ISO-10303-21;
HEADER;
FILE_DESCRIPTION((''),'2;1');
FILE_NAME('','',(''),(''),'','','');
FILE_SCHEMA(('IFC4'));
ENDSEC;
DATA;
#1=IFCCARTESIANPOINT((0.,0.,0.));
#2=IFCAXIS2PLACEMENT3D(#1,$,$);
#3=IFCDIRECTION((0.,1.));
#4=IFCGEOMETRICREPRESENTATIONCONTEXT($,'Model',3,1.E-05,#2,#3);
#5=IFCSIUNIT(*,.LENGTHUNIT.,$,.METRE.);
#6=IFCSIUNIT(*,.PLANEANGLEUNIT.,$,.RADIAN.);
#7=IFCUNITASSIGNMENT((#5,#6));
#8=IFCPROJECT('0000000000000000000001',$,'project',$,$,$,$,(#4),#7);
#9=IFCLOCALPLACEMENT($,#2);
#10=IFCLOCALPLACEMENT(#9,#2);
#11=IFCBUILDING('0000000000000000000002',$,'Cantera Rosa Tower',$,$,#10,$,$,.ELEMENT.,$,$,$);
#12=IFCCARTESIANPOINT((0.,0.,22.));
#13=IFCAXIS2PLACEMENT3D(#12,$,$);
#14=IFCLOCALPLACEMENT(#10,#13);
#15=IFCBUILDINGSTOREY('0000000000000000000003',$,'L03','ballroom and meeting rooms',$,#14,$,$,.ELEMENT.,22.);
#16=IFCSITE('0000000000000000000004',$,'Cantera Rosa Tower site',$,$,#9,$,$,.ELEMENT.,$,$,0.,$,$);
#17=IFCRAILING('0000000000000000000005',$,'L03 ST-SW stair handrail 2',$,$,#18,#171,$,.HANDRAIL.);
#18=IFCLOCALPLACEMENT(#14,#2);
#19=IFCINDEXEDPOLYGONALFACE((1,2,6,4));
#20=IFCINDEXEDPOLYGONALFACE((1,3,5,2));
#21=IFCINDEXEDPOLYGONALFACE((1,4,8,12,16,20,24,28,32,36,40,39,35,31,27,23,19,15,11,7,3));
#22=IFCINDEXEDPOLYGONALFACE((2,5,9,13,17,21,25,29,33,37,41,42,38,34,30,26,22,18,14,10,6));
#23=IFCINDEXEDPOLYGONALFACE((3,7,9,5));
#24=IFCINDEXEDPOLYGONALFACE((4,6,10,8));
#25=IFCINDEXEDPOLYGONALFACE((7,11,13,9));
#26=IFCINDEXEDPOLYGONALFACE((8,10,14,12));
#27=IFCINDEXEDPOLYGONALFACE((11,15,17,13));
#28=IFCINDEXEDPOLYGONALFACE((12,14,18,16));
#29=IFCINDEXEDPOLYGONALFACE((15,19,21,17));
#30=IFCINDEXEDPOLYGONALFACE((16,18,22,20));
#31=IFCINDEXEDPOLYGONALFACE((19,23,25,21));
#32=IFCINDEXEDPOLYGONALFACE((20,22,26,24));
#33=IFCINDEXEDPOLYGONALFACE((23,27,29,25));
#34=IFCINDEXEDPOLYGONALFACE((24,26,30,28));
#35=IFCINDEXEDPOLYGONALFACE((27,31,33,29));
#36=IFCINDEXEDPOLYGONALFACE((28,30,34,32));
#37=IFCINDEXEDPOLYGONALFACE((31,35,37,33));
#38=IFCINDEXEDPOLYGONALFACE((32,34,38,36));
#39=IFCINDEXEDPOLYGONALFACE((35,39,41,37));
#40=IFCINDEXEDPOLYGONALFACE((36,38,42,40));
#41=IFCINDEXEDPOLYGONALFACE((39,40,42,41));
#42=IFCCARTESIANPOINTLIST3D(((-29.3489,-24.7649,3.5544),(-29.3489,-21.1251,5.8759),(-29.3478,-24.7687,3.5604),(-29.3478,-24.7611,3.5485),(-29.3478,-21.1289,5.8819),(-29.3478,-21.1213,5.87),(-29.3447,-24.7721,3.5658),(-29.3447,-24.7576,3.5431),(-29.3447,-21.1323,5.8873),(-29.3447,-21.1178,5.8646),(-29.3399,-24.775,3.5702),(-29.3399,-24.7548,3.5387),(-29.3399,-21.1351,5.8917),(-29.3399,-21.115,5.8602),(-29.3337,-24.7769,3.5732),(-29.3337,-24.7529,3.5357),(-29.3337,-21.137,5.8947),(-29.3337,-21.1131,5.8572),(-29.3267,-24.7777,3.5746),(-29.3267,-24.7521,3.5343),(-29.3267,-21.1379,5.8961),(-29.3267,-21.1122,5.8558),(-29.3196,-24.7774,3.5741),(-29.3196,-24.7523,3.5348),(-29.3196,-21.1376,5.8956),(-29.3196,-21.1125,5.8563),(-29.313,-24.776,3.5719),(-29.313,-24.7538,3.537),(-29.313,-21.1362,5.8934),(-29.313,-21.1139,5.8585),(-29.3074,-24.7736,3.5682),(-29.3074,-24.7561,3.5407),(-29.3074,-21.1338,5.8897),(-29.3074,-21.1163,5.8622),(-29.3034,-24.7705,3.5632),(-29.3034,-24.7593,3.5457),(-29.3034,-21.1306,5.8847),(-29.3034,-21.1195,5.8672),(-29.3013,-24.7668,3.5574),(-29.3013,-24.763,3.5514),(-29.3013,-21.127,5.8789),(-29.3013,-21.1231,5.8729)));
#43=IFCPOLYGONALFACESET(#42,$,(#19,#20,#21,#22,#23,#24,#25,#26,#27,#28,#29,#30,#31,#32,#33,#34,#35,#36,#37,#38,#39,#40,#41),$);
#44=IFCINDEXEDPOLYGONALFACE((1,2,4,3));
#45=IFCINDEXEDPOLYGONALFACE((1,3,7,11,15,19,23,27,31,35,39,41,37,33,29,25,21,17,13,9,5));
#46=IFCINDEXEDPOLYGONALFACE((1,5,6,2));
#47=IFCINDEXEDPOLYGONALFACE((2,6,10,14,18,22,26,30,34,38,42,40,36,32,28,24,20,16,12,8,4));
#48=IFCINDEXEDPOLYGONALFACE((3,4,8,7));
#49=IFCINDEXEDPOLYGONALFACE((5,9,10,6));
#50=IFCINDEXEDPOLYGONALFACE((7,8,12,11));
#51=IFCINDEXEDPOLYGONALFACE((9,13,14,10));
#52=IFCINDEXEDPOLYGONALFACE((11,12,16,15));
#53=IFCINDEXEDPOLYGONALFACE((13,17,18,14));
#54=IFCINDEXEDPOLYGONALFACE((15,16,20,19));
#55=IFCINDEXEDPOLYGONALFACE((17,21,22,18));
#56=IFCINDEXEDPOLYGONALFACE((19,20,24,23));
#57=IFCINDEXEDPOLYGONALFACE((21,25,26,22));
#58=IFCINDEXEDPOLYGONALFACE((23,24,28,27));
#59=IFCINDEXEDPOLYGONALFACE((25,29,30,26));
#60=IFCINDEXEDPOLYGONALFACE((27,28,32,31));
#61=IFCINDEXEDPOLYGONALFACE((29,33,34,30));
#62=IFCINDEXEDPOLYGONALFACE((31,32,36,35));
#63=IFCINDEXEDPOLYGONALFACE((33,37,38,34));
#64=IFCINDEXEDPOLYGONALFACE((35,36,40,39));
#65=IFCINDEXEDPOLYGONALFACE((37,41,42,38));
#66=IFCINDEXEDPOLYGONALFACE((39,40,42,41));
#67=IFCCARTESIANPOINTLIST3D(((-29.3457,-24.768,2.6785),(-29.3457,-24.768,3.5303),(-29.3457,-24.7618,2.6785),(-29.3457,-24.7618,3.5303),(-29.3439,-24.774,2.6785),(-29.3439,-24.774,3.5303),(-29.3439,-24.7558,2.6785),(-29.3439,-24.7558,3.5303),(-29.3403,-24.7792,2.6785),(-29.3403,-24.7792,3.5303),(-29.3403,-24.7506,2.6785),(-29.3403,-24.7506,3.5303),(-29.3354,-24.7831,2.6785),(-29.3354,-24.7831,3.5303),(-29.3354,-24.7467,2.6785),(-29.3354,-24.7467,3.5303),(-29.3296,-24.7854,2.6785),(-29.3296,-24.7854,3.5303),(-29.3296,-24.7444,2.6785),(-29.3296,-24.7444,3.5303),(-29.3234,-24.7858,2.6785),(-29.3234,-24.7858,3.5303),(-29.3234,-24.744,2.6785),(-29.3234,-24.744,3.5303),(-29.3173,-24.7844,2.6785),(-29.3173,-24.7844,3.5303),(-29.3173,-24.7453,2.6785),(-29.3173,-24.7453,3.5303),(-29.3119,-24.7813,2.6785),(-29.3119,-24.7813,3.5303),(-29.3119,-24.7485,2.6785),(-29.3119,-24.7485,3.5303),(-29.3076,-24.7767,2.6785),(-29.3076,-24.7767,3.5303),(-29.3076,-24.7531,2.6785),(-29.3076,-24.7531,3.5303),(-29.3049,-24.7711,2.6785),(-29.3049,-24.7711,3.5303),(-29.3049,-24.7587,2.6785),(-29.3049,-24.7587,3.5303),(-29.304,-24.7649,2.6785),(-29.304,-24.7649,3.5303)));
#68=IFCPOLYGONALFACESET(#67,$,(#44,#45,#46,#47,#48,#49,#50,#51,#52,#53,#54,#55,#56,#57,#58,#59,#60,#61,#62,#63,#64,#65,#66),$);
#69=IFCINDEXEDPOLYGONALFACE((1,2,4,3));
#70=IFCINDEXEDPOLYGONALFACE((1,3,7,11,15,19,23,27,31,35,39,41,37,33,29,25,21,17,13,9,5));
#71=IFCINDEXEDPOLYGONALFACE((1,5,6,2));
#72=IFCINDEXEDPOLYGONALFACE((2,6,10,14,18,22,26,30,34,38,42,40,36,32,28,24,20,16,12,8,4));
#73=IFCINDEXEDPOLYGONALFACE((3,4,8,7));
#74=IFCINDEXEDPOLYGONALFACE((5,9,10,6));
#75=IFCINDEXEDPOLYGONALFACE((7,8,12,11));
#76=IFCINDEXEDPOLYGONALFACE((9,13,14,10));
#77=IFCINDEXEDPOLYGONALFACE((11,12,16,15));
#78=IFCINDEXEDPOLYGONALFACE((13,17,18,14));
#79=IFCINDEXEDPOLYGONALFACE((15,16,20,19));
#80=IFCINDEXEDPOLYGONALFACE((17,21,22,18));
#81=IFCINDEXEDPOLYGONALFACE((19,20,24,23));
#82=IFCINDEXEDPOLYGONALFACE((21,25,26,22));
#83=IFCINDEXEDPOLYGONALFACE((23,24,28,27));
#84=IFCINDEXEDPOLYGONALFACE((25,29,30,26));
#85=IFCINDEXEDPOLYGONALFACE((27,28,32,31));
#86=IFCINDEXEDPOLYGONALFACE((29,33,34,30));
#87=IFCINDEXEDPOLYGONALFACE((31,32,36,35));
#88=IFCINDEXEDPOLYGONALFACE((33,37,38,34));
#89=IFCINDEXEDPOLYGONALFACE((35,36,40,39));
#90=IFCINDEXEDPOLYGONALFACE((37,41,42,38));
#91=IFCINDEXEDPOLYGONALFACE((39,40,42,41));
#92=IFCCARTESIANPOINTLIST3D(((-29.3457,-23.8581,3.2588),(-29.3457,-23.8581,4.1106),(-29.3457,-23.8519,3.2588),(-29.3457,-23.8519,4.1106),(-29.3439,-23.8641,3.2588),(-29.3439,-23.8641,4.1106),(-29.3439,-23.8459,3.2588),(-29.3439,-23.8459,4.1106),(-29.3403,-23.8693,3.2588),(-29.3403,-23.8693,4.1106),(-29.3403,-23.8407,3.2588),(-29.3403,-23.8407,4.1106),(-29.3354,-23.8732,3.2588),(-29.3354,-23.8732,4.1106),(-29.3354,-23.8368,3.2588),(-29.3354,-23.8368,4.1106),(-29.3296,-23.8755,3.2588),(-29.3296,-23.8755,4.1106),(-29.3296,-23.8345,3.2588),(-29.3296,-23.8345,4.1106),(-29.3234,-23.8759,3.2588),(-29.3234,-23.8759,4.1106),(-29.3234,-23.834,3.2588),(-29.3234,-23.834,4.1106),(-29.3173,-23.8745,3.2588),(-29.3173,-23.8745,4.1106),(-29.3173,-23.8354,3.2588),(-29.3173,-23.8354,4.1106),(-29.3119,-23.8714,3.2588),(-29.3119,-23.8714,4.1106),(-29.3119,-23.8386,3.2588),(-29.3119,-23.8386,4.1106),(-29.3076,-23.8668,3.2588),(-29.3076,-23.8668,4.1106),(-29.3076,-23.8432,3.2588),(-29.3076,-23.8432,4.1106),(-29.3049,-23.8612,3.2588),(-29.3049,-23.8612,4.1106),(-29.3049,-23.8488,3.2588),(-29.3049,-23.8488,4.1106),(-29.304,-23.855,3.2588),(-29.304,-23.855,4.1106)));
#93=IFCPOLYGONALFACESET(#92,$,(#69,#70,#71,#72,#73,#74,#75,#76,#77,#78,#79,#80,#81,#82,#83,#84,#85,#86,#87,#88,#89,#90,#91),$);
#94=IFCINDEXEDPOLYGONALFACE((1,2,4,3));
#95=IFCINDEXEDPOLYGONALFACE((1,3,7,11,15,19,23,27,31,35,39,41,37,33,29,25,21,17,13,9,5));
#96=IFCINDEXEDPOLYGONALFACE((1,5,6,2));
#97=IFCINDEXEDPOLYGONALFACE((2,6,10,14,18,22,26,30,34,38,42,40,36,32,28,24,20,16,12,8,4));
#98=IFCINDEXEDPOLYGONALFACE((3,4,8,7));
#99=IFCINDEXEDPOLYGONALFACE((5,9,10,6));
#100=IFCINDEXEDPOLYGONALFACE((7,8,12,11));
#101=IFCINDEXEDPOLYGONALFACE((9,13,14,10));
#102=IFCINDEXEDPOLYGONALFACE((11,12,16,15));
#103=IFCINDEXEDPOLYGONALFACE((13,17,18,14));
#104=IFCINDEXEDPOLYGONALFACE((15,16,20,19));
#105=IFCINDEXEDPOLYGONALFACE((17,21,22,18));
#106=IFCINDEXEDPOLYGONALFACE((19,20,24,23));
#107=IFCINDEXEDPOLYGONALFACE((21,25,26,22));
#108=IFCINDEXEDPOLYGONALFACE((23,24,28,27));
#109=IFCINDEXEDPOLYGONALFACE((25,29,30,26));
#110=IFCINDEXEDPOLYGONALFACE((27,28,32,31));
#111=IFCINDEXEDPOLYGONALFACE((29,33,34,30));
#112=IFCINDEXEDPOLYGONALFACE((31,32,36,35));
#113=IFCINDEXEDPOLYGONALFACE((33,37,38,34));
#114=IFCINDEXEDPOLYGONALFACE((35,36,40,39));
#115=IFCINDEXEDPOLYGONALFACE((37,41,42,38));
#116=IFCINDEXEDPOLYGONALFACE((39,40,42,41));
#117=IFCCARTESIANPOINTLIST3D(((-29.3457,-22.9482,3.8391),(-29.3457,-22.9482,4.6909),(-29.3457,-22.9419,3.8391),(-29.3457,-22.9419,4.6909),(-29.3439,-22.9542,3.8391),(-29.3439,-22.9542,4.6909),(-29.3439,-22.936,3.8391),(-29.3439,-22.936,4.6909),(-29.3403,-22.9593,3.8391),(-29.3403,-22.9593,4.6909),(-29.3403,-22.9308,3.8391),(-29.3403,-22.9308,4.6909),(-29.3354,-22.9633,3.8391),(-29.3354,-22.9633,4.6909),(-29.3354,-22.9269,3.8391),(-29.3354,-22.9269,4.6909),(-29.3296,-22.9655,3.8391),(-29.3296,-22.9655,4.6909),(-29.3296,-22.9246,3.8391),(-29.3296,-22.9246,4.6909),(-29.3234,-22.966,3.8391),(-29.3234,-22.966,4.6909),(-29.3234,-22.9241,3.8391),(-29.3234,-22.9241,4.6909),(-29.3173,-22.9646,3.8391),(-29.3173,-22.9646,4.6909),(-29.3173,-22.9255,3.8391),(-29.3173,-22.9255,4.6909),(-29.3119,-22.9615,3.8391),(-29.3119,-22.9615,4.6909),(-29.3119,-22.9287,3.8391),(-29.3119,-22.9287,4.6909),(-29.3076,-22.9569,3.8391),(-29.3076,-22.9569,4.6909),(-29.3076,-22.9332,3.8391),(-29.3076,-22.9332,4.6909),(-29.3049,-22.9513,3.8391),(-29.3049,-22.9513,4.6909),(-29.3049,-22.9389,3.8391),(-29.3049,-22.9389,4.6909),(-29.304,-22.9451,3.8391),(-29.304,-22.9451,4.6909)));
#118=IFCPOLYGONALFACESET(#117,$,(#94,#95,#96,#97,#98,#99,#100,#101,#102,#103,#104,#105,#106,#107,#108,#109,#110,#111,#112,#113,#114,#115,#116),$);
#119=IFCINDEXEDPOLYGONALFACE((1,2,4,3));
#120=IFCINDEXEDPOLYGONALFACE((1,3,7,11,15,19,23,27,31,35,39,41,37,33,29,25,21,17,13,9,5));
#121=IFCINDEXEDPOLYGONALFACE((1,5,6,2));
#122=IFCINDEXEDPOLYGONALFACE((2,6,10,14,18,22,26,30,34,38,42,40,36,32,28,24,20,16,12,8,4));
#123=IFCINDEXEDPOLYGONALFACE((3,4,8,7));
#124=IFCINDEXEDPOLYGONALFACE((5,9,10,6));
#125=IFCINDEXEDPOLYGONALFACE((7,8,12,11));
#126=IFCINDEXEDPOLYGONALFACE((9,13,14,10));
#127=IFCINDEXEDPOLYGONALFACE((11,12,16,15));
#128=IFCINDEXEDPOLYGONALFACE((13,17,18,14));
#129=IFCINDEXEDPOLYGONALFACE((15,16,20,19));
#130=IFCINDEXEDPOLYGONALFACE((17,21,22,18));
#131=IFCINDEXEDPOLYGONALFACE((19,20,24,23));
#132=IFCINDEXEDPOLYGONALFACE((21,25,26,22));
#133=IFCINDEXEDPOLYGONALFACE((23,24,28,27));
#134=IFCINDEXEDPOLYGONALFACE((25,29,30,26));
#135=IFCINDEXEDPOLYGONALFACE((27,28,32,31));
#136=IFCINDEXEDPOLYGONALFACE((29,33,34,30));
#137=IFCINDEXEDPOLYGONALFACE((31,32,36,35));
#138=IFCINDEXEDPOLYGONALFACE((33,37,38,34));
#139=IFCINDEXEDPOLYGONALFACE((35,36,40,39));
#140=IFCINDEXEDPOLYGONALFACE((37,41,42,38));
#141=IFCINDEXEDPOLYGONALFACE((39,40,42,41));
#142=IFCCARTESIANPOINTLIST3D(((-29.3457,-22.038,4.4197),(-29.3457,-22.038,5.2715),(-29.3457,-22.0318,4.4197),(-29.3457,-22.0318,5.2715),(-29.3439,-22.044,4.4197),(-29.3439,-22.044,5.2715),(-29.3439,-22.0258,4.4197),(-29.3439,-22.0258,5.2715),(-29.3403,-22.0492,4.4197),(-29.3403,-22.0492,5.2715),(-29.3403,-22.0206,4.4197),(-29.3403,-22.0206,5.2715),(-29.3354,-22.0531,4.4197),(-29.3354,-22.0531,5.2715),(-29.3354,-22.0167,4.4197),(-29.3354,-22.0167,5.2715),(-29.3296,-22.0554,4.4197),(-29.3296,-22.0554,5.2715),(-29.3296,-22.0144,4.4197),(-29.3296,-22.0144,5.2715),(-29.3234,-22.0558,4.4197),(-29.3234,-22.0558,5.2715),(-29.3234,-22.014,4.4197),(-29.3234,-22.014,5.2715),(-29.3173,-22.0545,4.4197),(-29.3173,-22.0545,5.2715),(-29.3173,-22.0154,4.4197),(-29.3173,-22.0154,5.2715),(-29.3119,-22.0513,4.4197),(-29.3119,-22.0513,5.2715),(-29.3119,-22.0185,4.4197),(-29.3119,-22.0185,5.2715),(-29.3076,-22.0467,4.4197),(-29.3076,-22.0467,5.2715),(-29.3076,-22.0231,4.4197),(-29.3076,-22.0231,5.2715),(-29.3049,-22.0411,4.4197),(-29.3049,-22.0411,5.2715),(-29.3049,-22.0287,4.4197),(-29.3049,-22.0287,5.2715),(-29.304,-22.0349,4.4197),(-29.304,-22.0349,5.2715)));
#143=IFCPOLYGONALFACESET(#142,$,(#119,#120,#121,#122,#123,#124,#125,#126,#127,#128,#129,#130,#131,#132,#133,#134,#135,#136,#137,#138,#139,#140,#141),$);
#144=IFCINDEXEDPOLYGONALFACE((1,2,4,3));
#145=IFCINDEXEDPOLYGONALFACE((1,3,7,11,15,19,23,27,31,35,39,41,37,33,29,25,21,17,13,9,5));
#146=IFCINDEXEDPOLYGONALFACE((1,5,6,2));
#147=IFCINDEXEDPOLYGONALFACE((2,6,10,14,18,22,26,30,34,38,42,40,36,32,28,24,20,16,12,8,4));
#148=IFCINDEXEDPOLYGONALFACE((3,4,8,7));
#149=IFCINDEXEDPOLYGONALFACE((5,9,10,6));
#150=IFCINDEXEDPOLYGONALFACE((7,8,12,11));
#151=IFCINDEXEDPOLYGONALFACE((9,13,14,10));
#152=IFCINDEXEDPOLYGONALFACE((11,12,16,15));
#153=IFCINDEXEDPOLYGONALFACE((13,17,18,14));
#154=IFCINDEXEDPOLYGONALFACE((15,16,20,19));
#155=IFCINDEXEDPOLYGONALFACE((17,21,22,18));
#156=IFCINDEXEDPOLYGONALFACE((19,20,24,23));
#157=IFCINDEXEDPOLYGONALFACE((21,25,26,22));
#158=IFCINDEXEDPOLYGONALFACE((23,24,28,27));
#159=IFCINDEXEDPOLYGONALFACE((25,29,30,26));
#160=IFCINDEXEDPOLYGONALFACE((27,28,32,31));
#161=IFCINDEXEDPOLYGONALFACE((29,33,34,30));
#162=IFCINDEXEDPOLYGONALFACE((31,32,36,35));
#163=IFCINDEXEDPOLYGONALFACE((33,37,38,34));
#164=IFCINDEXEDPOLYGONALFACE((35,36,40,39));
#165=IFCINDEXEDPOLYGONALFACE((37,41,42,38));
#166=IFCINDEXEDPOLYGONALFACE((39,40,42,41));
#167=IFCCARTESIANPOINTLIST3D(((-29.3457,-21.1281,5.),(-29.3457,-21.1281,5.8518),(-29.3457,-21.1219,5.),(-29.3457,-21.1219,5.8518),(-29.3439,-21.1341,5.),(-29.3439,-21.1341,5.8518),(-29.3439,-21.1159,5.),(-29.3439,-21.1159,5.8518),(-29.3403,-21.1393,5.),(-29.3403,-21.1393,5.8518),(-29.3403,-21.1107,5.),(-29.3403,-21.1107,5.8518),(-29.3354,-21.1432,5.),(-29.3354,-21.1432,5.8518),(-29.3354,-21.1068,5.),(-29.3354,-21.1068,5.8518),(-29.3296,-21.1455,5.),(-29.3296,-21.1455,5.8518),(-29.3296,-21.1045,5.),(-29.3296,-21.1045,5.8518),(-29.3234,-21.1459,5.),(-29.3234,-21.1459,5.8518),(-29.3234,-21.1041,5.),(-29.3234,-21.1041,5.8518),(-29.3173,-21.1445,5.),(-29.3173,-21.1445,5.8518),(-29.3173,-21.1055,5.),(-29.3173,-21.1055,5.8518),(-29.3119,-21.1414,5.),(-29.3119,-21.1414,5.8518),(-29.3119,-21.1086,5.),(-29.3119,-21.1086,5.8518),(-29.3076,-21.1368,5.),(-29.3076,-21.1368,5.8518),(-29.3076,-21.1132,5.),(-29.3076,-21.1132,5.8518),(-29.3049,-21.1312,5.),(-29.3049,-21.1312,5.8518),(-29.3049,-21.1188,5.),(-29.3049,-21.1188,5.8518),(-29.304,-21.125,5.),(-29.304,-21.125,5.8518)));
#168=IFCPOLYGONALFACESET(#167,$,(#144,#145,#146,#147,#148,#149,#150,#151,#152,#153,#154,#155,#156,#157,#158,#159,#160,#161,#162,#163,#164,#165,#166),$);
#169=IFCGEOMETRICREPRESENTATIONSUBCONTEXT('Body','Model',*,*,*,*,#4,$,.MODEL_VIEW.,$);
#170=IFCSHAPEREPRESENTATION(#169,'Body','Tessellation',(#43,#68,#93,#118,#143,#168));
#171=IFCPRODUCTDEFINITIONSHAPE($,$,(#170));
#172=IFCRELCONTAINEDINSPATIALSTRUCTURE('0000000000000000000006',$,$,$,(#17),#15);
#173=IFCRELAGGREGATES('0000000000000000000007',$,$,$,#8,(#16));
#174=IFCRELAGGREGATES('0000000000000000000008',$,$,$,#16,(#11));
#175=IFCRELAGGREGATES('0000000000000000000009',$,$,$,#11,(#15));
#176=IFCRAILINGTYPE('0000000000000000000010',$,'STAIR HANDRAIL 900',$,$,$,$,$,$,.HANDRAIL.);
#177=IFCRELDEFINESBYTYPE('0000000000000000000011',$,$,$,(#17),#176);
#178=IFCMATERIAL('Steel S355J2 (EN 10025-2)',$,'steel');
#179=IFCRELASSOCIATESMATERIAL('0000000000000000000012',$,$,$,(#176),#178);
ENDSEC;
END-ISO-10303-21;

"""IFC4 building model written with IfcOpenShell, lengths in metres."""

from ifc_helpers import new_model, si_unit, direction, frame, origin, origin_2d, place, context, subcontext, project, spatial, circle, extrude, material, type_object, element, save


model = new_model("IFC4")

# Units and contexts
model_context = context("Model", 3, precision=1e-05, world=origin(), true_north=direction((0.0, 1.0)))
body_context = subcontext(model_context, "Body", "Model", "MODEL_VIEW")
ifc_project = project(units=[si_unit("LENGTHUNIT", "METRE"), si_unit("PLANEANGLEUNIT", "RADIAN")], contexts=[model_context])

# Site, building, storey
site_placement = place(None, origin())
site = spatial("IfcSite", under=ifc_project, at=site_placement, Name="Cantera Rosa Tower site", CompositionType="ELEMENT", RefElevation=0.0)
building_placement = place(site_placement, origin())
building = spatial("IfcBuilding", under=site, at=building_placement, Name="Cantera Rosa Tower", CompositionType="ELEMENT")
storey_placement = place(building_placement, frame((0.0, 0.0, 22.0)))
storey = spatial("IfcBuildingStorey", under=building, at=storey_placement, Name="L03", Description="ballroom and meeting rooms", CompositionType="ELEMENT", Elevation=22.0)

# Railing
ifc_material_1 = material(Name="Steel S355J2 (EN 10025-2)", Category="steel")
railing_type_1 = type_object("IfcRailingType", Name="STAIR HANDRAIL 900", PredefinedType="HANDRAIL", material=ifc_material_1)
railing_1_placement = place(storey_placement, frame((-29.325, -24.7649, 2.6785)))
element("IfcRailing", 1, at=railing_1_placement, inside=storey, type_object=railing_type_1, Name="L03 ST-SW stair handrail 2", PredefinedType="HANDRAIL", context=body_context, shape_type="SweptSolid", body=[
    extrude(circle(Radius=0.0239, at=origin_2d()), frame((0.0, 0.0, 0.876), z_axis=(0.0, 0.843112, 0.537739), x_axis=(-1.0, 0.0, 0.0)), (0.0, 0.0, 1.0), 4.3171),
    extrude(circle(Radius=0.021, at=origin_2d()), origin(), (0.0, 0.0, 1.0), 0.8518),
    extrude(circle(Radius=0.021, at=origin_2d()), frame((0.0, 0.9099, 0.5803)), (0.0, 0.0, 1.0), 0.8518),
    extrude(circle(Radius=0.021, at=origin_2d()), frame((0.0, 1.8198, 1.1606)), (0.0, 0.0, 1.0), 0.8518),
    extrude(circle(Radius=0.021, at=origin_2d()), frame((0.0, 2.73, 1.7412)), (0.0, 0.0, 1.0), 0.8518),
    extrude(circle(Radius=0.021, at=origin_2d()), frame((0.0, 3.6399, 2.3215)), (0.0, 0.0, 1.0), 0.8518),
])

save(model, "model.ifc")
